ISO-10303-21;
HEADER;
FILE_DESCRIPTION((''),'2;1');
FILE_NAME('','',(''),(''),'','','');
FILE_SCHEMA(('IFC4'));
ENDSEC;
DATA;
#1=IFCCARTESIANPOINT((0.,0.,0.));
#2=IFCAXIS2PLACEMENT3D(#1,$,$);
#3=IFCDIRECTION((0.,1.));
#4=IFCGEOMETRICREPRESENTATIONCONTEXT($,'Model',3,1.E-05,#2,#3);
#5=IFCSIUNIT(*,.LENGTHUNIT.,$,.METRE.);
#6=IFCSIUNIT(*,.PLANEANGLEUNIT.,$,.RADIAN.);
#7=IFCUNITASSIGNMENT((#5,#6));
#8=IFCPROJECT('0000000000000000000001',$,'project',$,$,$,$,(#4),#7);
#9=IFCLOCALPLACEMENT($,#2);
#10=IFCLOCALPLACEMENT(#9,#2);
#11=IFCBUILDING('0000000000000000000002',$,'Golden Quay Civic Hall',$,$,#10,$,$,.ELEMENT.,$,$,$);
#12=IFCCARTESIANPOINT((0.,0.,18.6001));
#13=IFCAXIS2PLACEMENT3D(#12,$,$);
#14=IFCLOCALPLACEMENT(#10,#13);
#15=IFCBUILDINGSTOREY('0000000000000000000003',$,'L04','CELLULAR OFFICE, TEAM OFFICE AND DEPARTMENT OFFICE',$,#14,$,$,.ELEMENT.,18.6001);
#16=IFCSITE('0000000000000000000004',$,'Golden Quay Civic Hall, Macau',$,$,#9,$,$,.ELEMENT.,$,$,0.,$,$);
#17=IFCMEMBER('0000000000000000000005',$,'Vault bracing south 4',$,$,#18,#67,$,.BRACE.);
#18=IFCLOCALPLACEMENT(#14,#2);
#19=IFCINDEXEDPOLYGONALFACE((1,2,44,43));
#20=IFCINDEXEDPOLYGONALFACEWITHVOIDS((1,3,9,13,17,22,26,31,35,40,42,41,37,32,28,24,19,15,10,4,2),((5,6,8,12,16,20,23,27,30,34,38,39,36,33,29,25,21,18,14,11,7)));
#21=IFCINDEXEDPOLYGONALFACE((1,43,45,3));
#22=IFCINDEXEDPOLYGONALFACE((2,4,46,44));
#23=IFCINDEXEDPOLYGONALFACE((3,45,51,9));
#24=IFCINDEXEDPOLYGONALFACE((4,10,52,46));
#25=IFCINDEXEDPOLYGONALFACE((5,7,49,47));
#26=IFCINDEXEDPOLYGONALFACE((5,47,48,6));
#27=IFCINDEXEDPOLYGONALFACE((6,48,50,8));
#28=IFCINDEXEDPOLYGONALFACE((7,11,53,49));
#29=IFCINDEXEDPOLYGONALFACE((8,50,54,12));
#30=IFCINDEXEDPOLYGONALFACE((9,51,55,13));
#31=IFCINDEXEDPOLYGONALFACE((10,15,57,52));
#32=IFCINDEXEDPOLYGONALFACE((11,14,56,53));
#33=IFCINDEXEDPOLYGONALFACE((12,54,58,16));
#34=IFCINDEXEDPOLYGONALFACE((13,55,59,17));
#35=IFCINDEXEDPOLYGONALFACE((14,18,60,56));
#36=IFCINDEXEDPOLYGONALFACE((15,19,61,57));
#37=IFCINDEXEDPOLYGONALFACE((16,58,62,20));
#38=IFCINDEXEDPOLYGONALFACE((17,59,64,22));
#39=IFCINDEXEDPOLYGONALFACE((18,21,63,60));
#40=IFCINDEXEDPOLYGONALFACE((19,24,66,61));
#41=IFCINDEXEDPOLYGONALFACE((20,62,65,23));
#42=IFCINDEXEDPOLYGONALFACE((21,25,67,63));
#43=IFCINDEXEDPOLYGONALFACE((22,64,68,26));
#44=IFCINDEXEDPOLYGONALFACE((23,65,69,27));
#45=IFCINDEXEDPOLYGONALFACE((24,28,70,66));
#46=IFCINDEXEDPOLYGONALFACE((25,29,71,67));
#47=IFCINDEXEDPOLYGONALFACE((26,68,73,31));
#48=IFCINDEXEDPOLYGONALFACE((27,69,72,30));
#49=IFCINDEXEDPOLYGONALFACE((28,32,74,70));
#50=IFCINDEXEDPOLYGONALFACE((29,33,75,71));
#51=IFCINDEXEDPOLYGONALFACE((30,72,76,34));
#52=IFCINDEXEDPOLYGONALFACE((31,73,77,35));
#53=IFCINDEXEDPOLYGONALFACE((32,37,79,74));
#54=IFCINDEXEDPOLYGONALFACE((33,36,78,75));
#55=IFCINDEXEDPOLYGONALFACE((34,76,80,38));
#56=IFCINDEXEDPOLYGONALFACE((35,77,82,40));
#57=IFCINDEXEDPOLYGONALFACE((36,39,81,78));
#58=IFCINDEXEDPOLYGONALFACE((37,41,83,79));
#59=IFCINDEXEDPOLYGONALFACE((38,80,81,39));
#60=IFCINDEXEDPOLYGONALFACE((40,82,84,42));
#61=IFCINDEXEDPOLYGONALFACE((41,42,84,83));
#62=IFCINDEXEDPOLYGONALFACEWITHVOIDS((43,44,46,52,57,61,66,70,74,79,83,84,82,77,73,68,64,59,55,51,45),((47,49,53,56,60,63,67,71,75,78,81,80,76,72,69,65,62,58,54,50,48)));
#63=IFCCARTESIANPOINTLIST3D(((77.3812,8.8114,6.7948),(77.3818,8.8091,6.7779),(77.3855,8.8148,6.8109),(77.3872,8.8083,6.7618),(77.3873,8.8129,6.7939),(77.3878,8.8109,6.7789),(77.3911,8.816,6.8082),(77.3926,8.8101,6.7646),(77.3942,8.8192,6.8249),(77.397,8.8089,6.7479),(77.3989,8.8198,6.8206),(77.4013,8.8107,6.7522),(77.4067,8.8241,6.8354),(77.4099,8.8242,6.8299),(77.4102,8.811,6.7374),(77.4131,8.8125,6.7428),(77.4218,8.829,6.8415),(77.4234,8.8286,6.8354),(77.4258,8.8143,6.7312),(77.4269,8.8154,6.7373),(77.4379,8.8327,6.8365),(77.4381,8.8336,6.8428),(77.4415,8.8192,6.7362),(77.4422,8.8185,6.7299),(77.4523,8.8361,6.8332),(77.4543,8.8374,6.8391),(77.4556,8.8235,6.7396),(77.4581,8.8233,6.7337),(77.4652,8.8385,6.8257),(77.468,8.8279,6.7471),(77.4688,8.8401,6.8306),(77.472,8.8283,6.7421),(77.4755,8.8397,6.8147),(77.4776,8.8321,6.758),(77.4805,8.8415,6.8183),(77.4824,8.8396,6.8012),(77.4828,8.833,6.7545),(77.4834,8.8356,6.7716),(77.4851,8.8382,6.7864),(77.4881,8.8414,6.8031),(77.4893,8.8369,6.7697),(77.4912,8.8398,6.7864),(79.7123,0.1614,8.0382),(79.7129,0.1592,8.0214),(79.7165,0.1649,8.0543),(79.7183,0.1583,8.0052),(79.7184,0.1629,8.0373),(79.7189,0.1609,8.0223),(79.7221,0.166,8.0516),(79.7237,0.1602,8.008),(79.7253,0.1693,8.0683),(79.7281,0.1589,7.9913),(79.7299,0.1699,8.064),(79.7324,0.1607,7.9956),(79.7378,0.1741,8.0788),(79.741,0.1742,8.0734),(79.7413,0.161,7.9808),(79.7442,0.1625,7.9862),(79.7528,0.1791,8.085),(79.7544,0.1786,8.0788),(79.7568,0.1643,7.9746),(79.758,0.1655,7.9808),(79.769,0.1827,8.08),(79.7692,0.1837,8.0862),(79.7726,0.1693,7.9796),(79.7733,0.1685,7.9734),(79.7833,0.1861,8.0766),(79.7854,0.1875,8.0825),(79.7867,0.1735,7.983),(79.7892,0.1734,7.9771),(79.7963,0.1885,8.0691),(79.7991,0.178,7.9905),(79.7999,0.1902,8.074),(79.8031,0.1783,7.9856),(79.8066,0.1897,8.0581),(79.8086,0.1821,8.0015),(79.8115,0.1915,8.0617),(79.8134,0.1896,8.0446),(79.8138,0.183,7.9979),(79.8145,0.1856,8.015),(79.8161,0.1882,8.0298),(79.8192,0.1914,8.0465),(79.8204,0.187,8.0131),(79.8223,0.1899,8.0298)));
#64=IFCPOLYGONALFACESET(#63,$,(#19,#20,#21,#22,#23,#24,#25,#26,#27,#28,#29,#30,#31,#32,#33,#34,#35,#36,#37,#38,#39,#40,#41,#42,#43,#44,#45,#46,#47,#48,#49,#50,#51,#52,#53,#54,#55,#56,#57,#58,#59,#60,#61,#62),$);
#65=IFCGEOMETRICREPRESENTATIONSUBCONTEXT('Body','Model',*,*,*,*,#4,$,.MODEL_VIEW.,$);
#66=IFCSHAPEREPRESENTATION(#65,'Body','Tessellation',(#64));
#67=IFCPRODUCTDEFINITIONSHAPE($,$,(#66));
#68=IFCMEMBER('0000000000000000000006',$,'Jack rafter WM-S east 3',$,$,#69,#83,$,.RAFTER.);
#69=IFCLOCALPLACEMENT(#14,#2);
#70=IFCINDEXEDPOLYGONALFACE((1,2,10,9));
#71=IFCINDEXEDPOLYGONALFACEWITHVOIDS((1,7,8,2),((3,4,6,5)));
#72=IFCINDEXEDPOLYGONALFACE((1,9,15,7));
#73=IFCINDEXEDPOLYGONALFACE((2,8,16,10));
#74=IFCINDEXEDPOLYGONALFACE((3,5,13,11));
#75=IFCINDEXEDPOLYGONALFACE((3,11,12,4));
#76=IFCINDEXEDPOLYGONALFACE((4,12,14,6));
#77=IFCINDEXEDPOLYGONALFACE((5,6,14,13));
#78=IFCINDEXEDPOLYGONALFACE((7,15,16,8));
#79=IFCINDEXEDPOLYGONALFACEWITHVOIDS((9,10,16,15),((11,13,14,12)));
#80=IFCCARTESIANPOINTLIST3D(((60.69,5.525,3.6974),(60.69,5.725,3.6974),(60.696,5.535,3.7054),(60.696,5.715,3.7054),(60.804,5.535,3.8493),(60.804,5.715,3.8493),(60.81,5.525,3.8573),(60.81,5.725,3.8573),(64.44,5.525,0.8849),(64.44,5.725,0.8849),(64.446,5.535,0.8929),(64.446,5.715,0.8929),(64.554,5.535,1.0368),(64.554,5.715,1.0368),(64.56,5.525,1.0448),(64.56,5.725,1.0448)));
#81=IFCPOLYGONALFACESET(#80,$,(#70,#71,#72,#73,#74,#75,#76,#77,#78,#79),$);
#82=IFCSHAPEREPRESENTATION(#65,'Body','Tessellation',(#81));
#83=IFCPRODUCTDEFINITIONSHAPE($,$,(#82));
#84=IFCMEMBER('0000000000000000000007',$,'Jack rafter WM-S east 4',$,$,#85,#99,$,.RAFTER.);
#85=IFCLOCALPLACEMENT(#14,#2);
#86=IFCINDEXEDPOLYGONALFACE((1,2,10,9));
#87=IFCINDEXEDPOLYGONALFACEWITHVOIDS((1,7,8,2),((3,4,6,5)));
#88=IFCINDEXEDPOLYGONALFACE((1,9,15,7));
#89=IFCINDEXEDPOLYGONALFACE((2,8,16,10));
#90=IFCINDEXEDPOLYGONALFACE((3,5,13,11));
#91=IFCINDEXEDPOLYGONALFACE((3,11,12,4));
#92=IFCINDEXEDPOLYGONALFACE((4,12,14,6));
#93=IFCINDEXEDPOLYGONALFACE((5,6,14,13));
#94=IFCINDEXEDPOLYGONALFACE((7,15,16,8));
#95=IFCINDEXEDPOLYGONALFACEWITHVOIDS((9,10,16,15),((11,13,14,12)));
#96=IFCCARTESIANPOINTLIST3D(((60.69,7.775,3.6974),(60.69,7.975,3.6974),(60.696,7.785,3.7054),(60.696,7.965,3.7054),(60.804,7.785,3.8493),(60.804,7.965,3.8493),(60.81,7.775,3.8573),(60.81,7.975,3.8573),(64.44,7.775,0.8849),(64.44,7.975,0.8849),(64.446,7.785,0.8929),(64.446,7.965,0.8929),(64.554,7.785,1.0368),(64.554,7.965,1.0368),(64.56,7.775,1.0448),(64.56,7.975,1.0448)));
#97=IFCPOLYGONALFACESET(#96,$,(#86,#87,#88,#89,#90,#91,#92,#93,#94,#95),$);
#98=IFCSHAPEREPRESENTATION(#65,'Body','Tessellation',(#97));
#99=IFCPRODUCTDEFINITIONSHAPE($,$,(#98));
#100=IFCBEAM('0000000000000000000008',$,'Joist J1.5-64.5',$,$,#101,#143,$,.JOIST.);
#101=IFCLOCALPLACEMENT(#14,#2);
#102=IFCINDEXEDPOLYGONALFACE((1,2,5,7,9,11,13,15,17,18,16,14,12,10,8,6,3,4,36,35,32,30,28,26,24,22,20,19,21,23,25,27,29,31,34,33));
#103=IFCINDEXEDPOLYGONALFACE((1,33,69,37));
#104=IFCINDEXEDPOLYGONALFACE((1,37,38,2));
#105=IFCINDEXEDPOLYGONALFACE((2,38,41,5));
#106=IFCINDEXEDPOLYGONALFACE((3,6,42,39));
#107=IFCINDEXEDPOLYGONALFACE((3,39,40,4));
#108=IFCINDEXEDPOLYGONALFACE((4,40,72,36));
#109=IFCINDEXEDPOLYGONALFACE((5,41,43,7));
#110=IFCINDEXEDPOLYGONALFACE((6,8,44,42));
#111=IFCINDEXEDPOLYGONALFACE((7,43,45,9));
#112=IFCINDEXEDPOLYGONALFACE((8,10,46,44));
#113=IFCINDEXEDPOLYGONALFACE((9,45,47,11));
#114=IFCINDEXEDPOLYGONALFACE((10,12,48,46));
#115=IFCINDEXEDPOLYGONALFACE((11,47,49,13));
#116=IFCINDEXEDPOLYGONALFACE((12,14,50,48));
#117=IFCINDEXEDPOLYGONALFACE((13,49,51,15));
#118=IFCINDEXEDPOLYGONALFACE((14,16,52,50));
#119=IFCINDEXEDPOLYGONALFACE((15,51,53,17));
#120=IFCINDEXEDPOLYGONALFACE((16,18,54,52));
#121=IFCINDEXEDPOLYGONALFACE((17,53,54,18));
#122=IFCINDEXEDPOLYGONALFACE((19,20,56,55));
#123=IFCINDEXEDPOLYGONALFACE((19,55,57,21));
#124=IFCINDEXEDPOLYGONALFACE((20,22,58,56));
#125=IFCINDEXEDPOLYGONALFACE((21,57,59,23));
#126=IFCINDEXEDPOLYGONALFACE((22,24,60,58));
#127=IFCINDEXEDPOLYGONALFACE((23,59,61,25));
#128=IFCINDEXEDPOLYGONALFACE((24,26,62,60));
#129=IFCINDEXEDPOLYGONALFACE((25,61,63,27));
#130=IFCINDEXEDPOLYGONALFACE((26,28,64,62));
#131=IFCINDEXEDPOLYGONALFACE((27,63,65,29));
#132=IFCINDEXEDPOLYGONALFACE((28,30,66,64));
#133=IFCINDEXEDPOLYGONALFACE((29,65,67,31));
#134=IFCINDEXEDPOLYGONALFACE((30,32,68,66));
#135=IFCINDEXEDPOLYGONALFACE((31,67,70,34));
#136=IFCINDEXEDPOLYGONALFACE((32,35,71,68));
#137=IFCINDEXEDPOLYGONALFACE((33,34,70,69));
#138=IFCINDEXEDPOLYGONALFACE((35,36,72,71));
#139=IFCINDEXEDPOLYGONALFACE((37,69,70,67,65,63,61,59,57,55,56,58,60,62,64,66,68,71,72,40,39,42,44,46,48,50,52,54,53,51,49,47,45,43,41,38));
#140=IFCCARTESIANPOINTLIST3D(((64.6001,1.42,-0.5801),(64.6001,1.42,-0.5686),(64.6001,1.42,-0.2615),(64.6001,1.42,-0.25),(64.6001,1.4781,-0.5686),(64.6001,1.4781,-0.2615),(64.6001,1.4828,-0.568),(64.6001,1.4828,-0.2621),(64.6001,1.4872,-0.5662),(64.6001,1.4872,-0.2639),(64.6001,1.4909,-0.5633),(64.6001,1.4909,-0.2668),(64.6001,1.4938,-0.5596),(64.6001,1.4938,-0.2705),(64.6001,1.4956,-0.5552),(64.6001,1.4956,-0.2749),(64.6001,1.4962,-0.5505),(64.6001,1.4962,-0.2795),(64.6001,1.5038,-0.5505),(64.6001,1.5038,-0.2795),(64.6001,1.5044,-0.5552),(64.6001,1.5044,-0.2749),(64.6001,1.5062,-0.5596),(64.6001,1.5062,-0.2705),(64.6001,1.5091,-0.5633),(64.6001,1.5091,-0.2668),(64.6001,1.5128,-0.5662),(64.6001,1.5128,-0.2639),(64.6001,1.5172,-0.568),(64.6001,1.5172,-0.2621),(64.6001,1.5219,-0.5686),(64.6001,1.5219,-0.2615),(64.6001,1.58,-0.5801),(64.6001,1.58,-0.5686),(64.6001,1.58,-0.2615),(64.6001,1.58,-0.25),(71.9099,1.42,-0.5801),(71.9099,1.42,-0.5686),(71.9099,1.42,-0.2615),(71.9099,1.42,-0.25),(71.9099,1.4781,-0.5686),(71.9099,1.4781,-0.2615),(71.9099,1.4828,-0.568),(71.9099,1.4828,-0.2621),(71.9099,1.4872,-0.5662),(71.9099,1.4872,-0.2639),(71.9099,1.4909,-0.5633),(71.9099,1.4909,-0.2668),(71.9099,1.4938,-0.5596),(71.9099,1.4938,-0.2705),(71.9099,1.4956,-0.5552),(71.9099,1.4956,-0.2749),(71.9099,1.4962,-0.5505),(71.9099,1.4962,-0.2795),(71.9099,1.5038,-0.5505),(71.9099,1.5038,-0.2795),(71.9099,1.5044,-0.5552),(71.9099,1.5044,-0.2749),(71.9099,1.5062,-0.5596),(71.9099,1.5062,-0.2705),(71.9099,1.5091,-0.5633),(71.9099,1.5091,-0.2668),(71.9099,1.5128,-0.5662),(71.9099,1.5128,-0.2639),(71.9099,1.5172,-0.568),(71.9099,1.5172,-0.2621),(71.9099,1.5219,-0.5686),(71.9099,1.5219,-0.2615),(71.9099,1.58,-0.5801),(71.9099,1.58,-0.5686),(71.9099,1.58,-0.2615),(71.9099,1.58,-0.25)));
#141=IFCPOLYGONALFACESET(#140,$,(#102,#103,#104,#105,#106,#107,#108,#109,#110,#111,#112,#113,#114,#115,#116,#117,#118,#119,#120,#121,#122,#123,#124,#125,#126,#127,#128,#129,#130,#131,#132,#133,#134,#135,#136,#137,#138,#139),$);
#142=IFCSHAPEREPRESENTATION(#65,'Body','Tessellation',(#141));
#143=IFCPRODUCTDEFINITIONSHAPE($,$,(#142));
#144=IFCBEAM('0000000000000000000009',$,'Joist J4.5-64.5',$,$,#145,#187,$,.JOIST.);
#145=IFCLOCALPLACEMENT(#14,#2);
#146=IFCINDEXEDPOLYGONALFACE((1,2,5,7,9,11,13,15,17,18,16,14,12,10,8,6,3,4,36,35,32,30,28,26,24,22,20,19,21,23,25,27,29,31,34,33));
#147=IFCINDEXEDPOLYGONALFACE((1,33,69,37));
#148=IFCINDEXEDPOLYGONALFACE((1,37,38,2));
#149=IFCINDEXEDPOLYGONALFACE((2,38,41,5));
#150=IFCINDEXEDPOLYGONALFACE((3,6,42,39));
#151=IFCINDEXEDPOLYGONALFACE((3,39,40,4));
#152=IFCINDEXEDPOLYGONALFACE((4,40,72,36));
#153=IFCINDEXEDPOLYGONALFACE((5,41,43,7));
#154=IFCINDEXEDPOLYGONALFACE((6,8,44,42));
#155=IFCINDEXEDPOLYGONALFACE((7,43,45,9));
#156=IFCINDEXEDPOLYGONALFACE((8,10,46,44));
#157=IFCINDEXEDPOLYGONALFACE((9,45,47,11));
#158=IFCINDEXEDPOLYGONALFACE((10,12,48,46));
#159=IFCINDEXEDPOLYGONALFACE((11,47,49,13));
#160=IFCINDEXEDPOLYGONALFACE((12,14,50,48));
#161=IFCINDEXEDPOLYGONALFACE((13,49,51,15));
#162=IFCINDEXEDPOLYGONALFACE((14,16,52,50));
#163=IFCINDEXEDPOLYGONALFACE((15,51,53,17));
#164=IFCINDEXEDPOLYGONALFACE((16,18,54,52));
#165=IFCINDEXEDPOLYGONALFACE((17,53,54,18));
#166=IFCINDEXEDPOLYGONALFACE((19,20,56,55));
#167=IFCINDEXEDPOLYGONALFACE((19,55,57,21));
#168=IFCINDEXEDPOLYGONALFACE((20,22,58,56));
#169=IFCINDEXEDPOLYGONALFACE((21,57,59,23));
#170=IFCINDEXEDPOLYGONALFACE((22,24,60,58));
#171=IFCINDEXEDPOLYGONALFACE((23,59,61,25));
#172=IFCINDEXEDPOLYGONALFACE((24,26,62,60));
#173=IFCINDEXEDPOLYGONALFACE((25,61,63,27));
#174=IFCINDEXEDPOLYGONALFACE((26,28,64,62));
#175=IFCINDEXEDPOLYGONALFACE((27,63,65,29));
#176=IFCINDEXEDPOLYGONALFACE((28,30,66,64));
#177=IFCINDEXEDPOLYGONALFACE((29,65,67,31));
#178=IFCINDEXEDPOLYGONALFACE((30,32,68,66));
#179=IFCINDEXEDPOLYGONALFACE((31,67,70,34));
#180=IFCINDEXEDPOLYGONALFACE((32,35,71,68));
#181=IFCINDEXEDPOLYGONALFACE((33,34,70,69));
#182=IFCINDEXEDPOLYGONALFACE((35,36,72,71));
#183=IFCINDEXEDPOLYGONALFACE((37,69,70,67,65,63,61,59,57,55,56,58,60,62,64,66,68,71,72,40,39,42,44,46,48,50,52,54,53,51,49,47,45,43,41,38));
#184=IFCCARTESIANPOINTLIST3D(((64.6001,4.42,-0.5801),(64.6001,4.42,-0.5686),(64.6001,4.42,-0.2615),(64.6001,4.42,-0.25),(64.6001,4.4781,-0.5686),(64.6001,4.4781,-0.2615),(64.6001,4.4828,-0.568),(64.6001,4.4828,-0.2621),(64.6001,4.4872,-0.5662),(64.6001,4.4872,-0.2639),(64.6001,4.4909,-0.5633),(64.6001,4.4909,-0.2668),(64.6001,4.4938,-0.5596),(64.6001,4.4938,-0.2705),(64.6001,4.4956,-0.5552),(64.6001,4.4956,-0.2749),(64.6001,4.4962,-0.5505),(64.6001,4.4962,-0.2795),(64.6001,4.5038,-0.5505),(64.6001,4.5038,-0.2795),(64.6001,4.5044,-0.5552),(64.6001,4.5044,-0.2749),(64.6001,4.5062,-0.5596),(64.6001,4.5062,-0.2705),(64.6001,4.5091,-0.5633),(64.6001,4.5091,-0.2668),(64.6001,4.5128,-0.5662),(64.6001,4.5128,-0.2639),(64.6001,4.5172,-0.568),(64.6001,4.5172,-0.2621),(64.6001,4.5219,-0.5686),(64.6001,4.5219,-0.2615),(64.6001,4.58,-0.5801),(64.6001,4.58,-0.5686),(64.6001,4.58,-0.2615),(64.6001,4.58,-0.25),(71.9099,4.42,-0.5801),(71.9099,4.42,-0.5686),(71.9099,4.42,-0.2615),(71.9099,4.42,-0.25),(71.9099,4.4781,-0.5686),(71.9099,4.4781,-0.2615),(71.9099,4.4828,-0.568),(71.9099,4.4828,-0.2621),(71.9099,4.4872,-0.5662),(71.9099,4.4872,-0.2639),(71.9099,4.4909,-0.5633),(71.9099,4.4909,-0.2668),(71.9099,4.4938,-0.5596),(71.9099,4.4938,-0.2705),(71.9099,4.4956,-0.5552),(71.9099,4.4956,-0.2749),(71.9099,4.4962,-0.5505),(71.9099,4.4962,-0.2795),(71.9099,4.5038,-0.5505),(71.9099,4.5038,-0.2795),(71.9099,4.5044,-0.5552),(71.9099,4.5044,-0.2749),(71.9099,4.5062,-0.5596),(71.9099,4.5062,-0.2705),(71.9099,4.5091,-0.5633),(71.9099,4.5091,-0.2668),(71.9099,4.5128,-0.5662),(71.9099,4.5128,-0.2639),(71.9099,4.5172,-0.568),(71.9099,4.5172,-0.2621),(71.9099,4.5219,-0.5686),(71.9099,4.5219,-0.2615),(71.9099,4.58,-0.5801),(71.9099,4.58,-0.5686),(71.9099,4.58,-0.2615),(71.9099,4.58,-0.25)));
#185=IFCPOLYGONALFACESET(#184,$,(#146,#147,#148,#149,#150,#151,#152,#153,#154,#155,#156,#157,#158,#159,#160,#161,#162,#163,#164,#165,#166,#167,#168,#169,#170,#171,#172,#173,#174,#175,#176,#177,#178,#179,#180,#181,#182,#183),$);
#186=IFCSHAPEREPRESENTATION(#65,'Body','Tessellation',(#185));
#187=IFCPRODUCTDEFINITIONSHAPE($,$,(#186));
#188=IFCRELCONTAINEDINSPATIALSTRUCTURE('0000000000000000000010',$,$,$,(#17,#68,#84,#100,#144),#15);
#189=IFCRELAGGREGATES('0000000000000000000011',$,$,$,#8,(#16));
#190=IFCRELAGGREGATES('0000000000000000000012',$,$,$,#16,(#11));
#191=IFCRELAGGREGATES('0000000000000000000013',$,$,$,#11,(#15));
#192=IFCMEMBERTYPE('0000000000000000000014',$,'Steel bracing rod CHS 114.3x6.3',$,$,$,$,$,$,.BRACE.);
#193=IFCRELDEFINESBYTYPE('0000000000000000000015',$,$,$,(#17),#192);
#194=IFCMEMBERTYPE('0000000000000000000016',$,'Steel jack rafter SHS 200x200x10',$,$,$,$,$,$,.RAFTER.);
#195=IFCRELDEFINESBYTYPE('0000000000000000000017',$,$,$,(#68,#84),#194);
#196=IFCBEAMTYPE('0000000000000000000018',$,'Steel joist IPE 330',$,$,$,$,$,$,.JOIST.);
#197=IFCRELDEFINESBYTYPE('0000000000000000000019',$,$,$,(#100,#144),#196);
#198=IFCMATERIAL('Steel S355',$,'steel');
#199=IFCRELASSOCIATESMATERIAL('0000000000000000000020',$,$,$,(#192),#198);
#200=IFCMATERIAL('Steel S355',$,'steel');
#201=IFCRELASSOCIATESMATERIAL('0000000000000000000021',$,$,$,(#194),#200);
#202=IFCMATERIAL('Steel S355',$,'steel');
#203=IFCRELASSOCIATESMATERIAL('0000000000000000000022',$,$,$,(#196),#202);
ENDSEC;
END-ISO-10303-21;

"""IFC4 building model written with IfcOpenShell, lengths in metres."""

from ifc_helpers import new_model, si_unit, direction, frame, origin, origin_2d, place, context, subcontext, project, spatial, hollow_rectangle, hollow_circle, i_section, extrude, material, material_profile, profile_set, type_object, element, save


model = new_model("IFC4")

# Units and contexts
model_context = context("Model", 3, precision=1e-05, world=origin(), true_north=direction((0.0, 1.0)))
body_context = subcontext(model_context, "Body", "Model", "MODEL_VIEW")
ifc_project = project(units=[si_unit("LENGTHUNIT", "METRE"), si_unit("PLANEANGLEUNIT", "RADIAN")], contexts=[model_context])

# Site, building, storey
site_placement = place(None, origin())
site = spatial("IfcSite", under=ifc_project, at=site_placement, Name="Golden Quay Civic Hall, Macau", CompositionType="ELEMENT", RefElevation=0.0)
building_placement = place(site_placement, origin())
building = spatial("IfcBuilding", under=site, at=building_placement, Name="Golden Quay Civic Hall", CompositionType="ELEMENT")
storey_placement = place(building_placement, frame((0.0, 0.0, 18.6001)))
storey = spatial("IfcBuildingStorey", under=building, at=storey_placement, Name="L04", Description="CELLULAR OFFICE, TEAM OFFICE AND DEPARTMENT OFFICE", CompositionType="ELEMENT", Elevation=18.6001)

# Members
ifc_material_1 = material(Name="Steel S355", Category="steel")
ifc_material_profile_1 = material_profile(ifc_material_1, hollow_circle(Radius=0.0571, WallThickness=0.0063, at=origin_2d()), Name="CHS 114.3x6.3")
ifc_profile_set_1 = profile_set([ifc_material_profile_1], Name="Steel S355")
member_type_1 = type_object("IfcMemberType", Name="Steel bracing rod CHS 114.3x6.3", PredefinedType="BRACE", material=ifc_profile_set_1)
for number, where, z_axis, x_axis, name in (
    (1, (77.436, 8.825, 6.7864), (0.257735, -0.956385, 0.137479), (0.965553, 0.260206, 0.0), "Vault bracing south 4"),
):
    element("IfcMember", number, at=place(storey_placement, frame(where, z_axis=z_axis, x_axis=x_axis)), inside=storey, type_object=member_type_1, Name=name, PredefinedType="BRACE", context=body_context, shape_type="SweptSolid", body=[
        extrude(hollow_circle(Radius=0.0571, WallThickness=0.0063, at=origin_2d()), origin(), (0.0, 0.0, 1.0), 9.0444),
    ])
ifc_material_2 = material(Name="Steel S355", Category="steel")
ifc_material_profile_2 = material_profile(ifc_material_2, hollow_rectangle(XDim=0.2, YDim=0.2, WallThickness=0.01, at=origin_2d()), Name="SHS 200x200x10")
ifc_profile_set_2 = profile_set([ifc_material_profile_2], Name="Steel S355")
member_type_2 = type_object("IfcMemberType", Name="Steel jack rafter SHS 200x200x10", PredefinedType="RAFTER", material=ifc_profile_set_2)
for number, where, z_axis, x_axis, name in (
    (2, (64.5, 5.625, 0.9648), (-0.8, 0.0, 0.6), (0.0, -1.0, 0.0), "Jack rafter WM-S east 3"),
    (3, (64.5, 7.875, 0.9648), (-0.8, 0.0, 0.6), (0.0, -1.0, 0.0), "Jack rafter WM-S east 4"),
):
    element("IfcMember", number, at=place(storey_placement, frame(where, z_axis=z_axis, x_axis=x_axis)), inside=storey, type_object=member_type_2, Name=name, PredefinedType="RAFTER", context=body_context, shape_type="SweptSolid", body=[
        extrude(hollow_rectangle(XDim=0.2, YDim=0.2, WallThickness=0.01, at=origin_2d()), origin(), (0.0, 0.0, 1.0), 4.6875),
    ])

# Beams
ifc_material_3 = material(Name="Steel S355", Category="steel")
ifc_material_profile_3 = material_profile(ifc_material_3, i_section(OverallWidth=0.1599, OverallDepth=0.3301, WebThickness=0.0076, FlangeThickness=0.0115, FilletRadius=0.0181, at=origin_2d()), Name="IPE 330")
ifc_profile_set_3 = profile_set([ifc_material_profile_3], Name="Steel S355")
beam_type_1 = type_object("IfcBeamType", Name="Steel joist IPE 330", PredefinedType="JOIST", material=ifc_profile_set_3)
for number, where, z_axis, x_axis, name in (
    (4, (64.6001, 1.5, -0.415), (1.0, 0.0, 0.0), (0.0, 1.0, 0.0), "Joist J1.5-64.5"),
    (5, (64.6001, 4.5, -0.415), (1.0, 0.0, 0.0), (0.0, 1.0, 0.0), "Joist J4.5-64.5"),
):
    element("IfcBeam", number, at=place(storey_placement, frame(where, z_axis=z_axis, x_axis=x_axis)), inside=storey, type_object=beam_type_1, Name=name, PredefinedType="JOIST", context=body_context, shape_type="SweptSolid", body=[
        extrude(i_section(OverallWidth=0.1599, OverallDepth=0.3301, WebThickness=0.0076, FlangeThickness=0.0115, FilletRadius=0.0181, at=origin_2d()), origin(), (0.0, 0.0, 1.0), 7.3098),
    ])

save(model, "model.ifc")
